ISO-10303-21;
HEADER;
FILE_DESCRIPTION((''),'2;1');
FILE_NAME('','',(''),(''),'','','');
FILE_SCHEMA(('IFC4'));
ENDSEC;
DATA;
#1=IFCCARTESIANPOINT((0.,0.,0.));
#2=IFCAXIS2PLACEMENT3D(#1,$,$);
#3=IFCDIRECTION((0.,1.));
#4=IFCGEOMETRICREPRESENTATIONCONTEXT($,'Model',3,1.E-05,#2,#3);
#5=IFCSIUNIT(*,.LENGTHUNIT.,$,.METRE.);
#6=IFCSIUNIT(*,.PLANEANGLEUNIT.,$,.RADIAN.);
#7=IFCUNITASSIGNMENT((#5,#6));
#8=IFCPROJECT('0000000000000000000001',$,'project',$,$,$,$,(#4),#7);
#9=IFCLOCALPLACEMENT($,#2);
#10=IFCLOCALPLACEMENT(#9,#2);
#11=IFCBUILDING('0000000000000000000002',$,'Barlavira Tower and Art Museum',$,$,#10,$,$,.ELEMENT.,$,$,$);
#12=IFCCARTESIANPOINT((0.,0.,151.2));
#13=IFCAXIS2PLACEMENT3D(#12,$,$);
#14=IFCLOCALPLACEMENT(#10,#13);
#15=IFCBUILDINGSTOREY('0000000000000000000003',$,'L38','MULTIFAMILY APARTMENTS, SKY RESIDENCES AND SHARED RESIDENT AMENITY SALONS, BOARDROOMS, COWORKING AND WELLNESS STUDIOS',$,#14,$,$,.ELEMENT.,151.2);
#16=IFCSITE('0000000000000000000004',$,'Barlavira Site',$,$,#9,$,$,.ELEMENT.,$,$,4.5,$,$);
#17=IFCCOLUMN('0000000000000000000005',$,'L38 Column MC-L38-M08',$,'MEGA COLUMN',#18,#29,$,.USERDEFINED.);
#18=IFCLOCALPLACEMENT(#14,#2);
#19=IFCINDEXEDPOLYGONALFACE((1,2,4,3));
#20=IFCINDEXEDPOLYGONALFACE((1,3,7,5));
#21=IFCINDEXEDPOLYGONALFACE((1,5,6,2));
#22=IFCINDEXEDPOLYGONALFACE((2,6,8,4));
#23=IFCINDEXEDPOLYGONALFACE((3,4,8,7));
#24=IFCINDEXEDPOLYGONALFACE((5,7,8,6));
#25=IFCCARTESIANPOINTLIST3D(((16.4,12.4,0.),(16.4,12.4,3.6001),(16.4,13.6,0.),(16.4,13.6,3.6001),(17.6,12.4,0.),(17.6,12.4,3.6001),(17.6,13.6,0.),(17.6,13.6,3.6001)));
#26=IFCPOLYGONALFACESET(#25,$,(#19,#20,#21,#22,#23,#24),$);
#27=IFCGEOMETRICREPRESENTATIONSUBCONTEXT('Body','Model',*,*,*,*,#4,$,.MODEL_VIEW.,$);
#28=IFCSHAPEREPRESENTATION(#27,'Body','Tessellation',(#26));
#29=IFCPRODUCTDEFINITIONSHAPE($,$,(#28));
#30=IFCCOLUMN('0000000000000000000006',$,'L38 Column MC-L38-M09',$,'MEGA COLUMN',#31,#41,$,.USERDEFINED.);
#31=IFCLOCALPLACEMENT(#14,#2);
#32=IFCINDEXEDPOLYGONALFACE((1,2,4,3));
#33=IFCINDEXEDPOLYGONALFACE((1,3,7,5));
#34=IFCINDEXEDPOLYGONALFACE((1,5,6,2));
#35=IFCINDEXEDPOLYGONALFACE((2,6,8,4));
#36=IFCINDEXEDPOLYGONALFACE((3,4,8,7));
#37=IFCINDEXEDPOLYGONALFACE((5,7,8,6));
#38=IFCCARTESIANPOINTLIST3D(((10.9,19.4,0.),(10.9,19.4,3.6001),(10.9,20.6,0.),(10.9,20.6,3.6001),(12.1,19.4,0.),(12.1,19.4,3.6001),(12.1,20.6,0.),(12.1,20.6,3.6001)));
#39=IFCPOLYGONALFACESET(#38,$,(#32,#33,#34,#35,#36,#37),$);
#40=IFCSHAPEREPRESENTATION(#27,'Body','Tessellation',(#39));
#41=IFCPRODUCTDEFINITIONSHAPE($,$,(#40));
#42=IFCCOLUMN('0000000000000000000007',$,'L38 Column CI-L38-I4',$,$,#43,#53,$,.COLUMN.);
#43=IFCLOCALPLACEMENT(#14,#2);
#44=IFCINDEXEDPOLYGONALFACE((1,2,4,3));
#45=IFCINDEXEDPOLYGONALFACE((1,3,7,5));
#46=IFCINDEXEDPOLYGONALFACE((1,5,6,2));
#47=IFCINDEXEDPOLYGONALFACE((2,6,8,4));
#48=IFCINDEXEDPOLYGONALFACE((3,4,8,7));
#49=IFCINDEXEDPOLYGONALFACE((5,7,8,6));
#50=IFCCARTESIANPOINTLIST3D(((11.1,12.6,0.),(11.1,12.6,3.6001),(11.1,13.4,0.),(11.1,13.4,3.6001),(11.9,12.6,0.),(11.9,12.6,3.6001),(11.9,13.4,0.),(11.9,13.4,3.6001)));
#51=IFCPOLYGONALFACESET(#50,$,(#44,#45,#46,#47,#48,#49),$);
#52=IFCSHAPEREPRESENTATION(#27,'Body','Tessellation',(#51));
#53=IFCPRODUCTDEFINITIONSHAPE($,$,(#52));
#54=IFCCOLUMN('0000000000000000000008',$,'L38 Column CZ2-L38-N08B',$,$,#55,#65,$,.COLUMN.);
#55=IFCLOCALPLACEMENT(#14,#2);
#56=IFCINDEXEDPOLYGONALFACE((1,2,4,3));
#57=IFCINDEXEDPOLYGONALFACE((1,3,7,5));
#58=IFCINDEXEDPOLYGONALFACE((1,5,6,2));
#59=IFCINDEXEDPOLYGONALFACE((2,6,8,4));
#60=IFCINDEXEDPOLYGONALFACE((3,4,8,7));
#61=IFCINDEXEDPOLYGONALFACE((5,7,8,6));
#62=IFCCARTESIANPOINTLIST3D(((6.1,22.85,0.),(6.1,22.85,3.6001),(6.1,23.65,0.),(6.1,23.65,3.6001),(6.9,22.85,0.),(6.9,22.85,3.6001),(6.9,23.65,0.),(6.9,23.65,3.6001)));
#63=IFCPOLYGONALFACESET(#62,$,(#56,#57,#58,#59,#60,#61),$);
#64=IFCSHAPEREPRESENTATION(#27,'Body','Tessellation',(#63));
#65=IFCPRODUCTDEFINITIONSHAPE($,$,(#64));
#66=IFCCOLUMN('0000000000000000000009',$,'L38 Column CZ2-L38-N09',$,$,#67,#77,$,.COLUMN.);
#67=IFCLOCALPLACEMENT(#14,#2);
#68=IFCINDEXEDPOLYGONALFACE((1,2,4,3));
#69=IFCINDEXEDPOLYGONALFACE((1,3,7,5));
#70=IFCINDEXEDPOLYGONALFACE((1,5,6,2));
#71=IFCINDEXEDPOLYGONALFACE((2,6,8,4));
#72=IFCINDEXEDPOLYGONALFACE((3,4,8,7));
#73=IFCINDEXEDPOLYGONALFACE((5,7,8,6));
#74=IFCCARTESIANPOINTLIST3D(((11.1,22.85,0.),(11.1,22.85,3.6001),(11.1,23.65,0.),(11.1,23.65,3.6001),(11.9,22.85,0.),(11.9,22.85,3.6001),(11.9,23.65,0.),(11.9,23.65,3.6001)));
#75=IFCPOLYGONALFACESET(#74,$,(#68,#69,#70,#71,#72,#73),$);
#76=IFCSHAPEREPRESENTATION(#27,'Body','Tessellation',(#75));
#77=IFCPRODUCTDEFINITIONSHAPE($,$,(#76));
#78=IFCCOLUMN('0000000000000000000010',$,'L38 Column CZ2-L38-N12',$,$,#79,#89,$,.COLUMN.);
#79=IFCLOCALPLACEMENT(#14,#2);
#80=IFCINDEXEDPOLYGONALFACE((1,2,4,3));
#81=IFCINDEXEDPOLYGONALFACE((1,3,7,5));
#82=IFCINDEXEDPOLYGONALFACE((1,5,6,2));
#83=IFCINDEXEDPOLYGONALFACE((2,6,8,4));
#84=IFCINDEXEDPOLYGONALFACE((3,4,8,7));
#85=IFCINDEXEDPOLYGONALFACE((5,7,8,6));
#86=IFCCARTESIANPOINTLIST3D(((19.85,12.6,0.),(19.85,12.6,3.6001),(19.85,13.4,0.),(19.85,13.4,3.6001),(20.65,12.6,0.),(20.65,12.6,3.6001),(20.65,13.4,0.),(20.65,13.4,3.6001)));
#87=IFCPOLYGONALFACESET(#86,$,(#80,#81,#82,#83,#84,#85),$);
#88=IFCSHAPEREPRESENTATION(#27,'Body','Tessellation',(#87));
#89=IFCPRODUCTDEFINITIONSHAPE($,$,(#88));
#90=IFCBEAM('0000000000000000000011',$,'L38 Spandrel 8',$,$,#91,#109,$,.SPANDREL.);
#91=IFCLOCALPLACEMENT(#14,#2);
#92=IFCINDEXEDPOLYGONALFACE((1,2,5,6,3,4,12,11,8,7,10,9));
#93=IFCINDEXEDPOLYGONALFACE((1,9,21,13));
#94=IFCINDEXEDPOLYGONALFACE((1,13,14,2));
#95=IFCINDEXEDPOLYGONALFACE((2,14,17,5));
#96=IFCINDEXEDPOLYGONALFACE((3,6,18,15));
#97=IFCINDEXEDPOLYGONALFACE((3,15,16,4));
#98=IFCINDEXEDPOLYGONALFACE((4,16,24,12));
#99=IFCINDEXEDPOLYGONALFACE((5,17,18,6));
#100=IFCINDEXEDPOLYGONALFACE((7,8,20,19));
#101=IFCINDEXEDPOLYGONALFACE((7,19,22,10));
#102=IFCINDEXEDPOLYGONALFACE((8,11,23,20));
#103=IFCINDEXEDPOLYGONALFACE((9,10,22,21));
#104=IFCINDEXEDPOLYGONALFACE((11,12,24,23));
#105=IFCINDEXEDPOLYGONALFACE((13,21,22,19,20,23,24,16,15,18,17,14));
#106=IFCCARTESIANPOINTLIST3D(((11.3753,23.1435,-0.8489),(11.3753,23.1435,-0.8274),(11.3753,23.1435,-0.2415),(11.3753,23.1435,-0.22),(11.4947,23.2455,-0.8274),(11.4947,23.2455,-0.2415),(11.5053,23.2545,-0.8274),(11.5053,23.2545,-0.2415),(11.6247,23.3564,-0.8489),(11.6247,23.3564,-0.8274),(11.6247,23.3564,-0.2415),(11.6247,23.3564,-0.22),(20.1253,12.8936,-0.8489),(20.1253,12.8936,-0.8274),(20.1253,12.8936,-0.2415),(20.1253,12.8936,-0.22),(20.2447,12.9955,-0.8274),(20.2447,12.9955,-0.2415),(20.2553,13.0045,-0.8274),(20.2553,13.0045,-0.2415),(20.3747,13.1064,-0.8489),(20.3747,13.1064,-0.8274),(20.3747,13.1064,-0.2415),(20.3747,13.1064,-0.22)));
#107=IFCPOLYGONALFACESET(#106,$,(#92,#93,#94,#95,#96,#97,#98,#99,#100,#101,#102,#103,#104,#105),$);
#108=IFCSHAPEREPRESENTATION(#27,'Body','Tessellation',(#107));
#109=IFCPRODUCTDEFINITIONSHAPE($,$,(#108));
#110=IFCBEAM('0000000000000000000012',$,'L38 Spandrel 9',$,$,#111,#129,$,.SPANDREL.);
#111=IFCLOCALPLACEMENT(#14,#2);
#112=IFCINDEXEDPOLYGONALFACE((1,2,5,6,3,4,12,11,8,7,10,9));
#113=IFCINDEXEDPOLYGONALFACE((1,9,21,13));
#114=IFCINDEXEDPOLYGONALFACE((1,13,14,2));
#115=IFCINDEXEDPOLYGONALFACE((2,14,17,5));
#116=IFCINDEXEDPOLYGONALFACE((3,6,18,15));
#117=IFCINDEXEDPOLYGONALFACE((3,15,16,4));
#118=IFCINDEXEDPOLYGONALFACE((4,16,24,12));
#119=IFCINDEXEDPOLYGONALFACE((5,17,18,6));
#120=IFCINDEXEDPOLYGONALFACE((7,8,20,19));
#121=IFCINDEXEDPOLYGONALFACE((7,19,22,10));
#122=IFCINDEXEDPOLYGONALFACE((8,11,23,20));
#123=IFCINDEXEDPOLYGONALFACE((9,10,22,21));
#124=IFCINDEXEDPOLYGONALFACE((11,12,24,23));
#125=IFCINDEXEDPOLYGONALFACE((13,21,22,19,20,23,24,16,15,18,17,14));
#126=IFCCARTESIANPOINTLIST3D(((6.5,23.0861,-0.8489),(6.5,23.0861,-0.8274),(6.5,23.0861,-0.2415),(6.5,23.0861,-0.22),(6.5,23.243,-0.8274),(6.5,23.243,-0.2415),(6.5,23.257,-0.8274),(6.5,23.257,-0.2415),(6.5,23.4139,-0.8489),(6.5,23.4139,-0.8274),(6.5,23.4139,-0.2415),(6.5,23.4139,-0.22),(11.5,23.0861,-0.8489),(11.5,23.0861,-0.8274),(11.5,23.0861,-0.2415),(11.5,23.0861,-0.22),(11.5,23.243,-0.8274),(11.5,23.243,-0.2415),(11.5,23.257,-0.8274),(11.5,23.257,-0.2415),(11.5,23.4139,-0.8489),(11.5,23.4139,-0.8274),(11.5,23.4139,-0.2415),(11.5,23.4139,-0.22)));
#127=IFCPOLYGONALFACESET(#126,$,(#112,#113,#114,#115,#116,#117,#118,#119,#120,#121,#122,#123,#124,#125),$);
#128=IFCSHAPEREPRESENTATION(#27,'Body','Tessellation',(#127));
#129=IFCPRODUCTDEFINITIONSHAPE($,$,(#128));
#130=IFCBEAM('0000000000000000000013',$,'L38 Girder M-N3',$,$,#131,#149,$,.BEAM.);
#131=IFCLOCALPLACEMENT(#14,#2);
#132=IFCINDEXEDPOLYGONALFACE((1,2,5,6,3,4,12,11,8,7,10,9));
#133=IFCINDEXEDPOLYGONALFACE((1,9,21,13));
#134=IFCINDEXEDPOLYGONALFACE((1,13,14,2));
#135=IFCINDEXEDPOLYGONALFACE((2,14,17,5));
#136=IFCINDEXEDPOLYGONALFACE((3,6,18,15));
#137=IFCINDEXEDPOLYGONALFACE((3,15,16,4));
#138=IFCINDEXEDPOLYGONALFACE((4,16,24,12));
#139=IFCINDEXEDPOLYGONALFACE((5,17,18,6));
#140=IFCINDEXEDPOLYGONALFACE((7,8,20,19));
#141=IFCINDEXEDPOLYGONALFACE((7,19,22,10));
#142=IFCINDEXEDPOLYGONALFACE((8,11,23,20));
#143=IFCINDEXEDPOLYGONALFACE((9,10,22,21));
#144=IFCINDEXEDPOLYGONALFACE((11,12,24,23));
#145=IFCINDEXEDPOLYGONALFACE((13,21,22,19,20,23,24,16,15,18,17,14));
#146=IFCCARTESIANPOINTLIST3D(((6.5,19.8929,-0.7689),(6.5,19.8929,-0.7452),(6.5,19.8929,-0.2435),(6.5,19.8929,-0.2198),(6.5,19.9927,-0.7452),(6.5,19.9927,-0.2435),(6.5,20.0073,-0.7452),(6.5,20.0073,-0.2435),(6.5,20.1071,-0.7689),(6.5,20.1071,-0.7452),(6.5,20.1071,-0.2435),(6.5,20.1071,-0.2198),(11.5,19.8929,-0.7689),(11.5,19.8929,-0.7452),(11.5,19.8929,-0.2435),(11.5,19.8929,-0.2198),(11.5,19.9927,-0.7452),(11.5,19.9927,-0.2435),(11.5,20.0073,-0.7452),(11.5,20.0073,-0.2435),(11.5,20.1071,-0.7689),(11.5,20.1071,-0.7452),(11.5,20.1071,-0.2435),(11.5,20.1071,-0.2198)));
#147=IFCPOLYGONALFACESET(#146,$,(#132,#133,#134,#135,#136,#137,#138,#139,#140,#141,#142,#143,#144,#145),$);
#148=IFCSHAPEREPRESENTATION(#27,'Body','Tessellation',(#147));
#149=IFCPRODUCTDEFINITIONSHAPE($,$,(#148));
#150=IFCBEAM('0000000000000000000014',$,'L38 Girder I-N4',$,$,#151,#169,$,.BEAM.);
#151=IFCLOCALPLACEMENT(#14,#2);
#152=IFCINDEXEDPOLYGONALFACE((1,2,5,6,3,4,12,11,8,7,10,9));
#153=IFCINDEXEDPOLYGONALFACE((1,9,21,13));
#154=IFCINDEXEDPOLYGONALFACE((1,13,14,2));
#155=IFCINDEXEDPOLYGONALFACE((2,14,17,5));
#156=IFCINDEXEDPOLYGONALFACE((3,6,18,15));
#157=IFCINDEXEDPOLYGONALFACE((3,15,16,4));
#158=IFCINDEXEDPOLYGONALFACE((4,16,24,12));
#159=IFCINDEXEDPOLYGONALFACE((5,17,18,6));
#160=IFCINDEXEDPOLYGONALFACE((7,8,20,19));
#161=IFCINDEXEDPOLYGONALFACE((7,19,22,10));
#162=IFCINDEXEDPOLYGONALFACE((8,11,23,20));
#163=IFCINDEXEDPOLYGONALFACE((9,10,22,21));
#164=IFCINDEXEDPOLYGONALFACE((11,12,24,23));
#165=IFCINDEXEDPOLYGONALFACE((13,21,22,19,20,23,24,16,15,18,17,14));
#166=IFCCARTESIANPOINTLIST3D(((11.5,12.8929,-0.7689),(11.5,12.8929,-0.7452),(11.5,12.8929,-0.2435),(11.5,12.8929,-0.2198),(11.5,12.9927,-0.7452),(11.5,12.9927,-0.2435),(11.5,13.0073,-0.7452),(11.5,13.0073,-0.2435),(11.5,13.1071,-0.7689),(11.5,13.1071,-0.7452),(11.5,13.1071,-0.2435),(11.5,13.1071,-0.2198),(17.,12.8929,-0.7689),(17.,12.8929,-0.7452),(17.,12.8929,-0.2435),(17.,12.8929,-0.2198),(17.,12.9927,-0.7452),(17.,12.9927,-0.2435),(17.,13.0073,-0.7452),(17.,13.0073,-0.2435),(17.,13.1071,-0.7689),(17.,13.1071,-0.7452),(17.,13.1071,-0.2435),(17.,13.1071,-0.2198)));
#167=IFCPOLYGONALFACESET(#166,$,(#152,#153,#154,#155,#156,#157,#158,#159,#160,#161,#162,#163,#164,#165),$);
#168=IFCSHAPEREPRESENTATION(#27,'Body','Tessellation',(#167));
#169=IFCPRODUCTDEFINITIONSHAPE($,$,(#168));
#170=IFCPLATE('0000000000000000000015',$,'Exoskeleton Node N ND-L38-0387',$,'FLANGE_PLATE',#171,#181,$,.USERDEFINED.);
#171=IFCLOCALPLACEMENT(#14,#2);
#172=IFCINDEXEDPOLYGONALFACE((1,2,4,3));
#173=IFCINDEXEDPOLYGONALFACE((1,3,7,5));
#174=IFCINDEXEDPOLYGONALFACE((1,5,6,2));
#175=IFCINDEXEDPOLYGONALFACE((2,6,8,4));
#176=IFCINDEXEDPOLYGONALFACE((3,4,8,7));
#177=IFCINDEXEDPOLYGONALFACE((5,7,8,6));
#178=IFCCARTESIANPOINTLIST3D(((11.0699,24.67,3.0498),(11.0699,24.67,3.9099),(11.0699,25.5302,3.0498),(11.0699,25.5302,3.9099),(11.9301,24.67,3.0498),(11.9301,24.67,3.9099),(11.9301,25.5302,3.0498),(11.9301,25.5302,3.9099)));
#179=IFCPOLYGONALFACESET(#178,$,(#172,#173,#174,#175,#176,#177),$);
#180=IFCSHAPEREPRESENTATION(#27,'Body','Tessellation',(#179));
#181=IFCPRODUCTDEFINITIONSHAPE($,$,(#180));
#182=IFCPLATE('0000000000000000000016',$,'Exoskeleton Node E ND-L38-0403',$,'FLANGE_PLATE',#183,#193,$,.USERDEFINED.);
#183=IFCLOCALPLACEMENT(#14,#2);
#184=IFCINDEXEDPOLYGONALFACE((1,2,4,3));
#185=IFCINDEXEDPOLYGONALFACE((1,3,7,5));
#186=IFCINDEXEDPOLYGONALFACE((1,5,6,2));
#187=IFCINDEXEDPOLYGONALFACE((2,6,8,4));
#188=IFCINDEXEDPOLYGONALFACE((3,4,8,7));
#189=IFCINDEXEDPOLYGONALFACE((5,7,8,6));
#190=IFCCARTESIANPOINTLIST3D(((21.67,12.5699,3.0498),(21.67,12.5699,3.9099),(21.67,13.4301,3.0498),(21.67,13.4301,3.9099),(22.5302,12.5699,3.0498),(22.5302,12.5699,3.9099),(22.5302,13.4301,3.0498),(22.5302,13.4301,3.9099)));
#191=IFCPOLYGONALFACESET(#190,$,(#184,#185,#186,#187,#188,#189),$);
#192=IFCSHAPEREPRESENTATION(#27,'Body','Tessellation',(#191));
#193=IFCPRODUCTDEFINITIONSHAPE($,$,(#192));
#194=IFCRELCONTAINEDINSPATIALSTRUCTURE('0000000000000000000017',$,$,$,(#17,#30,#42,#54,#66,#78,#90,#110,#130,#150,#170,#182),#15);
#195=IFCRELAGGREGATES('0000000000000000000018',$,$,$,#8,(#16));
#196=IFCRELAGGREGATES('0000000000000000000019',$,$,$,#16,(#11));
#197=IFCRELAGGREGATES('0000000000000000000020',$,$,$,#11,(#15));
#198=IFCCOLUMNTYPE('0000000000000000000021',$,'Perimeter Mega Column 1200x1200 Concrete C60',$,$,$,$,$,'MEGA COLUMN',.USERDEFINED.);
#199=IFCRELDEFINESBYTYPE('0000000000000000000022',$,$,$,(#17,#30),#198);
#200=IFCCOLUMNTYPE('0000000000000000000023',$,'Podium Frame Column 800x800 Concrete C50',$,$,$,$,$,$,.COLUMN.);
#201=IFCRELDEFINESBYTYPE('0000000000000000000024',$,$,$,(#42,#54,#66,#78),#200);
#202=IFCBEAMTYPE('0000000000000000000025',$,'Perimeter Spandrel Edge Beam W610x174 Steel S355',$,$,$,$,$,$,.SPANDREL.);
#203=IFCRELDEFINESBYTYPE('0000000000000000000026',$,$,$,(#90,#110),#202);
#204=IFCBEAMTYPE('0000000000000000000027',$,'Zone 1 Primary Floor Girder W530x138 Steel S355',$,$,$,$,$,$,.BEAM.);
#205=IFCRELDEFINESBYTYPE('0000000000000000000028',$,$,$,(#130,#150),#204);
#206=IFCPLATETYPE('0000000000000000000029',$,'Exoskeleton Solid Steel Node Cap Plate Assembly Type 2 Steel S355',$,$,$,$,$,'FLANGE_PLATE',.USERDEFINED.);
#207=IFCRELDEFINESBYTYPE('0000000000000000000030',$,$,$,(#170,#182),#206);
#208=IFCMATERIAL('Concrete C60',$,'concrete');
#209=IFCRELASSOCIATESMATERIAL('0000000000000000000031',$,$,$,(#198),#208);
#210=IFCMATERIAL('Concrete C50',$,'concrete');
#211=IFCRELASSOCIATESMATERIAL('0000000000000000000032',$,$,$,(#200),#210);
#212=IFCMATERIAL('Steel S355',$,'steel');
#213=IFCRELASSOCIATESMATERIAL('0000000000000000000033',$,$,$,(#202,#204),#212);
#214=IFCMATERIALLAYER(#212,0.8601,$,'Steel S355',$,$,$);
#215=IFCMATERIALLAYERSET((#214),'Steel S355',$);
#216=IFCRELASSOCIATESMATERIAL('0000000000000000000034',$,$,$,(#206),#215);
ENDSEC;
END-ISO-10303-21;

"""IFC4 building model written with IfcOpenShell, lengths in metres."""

from ifc_helpers import new_model, si_unit, direction, frame, origin, origin_2d, place, context, subcontext, project, spatial, rectangle, i_section, extrude, material, layer, layer_set, material_profile, profile_set, type_object, element, save


model = new_model("IFC4")

# Units and contexts
model_context = context("Model", 3, precision=1e-05, world=origin(), true_north=direction((0.0, 1.0)))
body_context = subcontext(model_context, "Body", "Model", "MODEL_VIEW")
ifc_project = project(units=[si_unit("LENGTHUNIT", "METRE"), si_unit("PLANEANGLEUNIT", "RADIAN")], contexts=[model_context])

# Site, building, storey
site_placement = place(None, origin())
site = spatial("IfcSite", under=ifc_project, at=site_placement, Name="Barlavira Site", CompositionType="ELEMENT", RefElevation=4.5)
building_placement = place(site_placement, origin())
building = spatial("IfcBuilding", under=site, at=building_placement, Name="Barlavira Tower and Art Museum", CompositionType="ELEMENT")
storey_placement = place(building_placement, frame((0.0, 0.0, 151.2)))
storey = spatial("IfcBuildingStorey", under=building, at=storey_placement, Name="L38", Description="MULTIFAMILY APARTMENTS, SKY RESIDENCES AND SHARED RESIDENT AMENITY SALONS, BOARDROOMS, COWORKING AND WELLNESS STUDIOS", CompositionType="ELEMENT", Elevation=151.2)

# Columns
ifc_material_1 = material(Name="Concrete C60", Category="concrete")
ifc_material_profile_1 = material_profile(ifc_material_1, rectangle(XDim=1.2, YDim=1.2, at=origin_2d()), Name="RC-COL 1200x1200")
ifc_profile_set_1 = profile_set([ifc_material_profile_1], Name="Concrete C60")
column_type_1 = type_object("IfcColumnType", Name="Perimeter Mega Column 1200x1200 Concrete C60", ElementType="MEGA COLUMN", PredefinedType="USERDEFINED", material=ifc_profile_set_1)
for number, where, z_axis, x_axis, name in (
    (1, (17.0, 13.0, 0.0), (0.0, 0.0, 1.0), (1.0, 0.0, 0.0), "L38 Column MC-L38-M08"),
    (2, (11.5, 20.0, 0.0), (0.0, 0.0, 1.0), (1.0, 0.0, 0.0), "L38 Column MC-L38-M09"),
):
    element("IfcColumn", number, at=place(storey_placement, frame(where, z_axis=z_axis, x_axis=x_axis)), inside=storey, type_object=column_type_1, Name=name, ObjectType="MEGA COLUMN", PredefinedType="USERDEFINED", context=body_context, shape_type="SweptSolid", body=[
        extrude(rectangle(XDim=1.2, YDim=1.2, at=origin_2d()), origin(), (0.0, 0.0, 1.0), 3.6001),
    ])
ifc_material_2 = material(Name="Concrete C50", Category="concrete")
ifc_material_profile_2 = material_profile(ifc_material_2, rectangle(XDim=0.8, YDim=0.8, at=origin_2d()), Name="RC-COL 800x800")
ifc_profile_set_2 = profile_set([ifc_material_profile_2], Name="Concrete C50")
column_type_2 = type_object("IfcColumnType", Name="Podium Frame Column 800x800 Concrete C50", PredefinedType="COLUMN", material=ifc_profile_set_2)
for number, where, z_axis, x_axis, name in (
    (3, (11.5, 13.0, 0.0), (0.0, 0.0, 1.0), (1.0, 0.0, 0.0), "L38 Column CI-L38-I4"),
    (4, (6.5, 23.25, 0.0), (0.0, 0.0, 1.0), (1.0, 0.0, 0.0), "L38 Column CZ2-L38-N08B"),
    (5, (11.5, 23.25, 0.0), (0.0, 0.0, 1.0), (1.0, 0.0, 0.0), "L38 Column CZ2-L38-N09"),
    (6, (20.25, 13.0, 0.0), (0.0, 0.0, 1.0), (1.0, 0.0, 0.0), "L38 Column CZ2-L38-N12"),
):
    element("IfcColumn", number, at=place(storey_placement, frame(where, z_axis=z_axis, x_axis=x_axis)), inside=storey, type_object=column_type_2, Name=name, PredefinedType="COLUMN", context=body_context, shape_type="SweptSolid", body=[
        extrude(rectangle(XDim=0.8, YDim=0.8, at=origin_2d()), origin(), (0.0, 0.0, 1.0), 3.6001),
    ])

# Beams
ifc_material_3 = material(Name="Steel S355", Category="steel")
ifc_material_profile_3 = material_profile(ifc_material_3, i_section(OverallWidth=0.3279, OverallDepth=0.6289, WebThickness=0.0139, FlangeThickness=0.0215, at=origin_2d()), Name="W610x174.0")
ifc_profile_set_3 = profile_set([ifc_material_profile_3], Name="Steel S355")
beam_type_1 = type_object("IfcBeamType", Name="Perimeter Spandrel Edge Beam W610x174 Steel S355", PredefinedType="SPANDREL", material=ifc_profile_set_3)
beam_1_placement = place(storey_placement, frame((20.25, 13.0, -0.5344), z_axis=(-0.649262, 0.760565, 0.0), x_axis=(-0.760565, -0.649262, 0.0)))
element("IfcBeam", 7, at=beam_1_placement, inside=storey, type_object=beam_type_1, Name="L38 Spandrel 8", PredefinedType="SPANDREL", context=body_context, shape_type="SweptSolid", body=[
    extrude(i_section(OverallWidth=0.3279, OverallDepth=0.6289, WebThickness=0.0139, FlangeThickness=0.0215, at=origin_2d()), origin(), (0.0, 0.0, 1.0), 13.4768),
])
beam_2_placement = place(storey_placement, frame((6.5, 23.25, -0.5344), z_axis=(1.0, 0.0, 0.0), x_axis=(0.0, 1.0, 0.0)))
element("IfcBeam", 8, at=beam_2_placement, inside=storey, type_object=beam_type_1, Name="L38 Spandrel 9", PredefinedType="SPANDREL", context=body_context, shape_type="SweptSolid", body=[
    extrude(i_section(OverallWidth=0.3279, OverallDepth=0.6289, WebThickness=0.0139, FlangeThickness=0.0215, at=origin_2d()), origin(), (0.0, 0.0, 1.0), 5.0),
])
ifc_material_profile_4 = material_profile(ifc_material_3, i_section(OverallWidth=0.2141, OverallDepth=0.5491, WebThickness=0.0146, FlangeThickness=0.0237, at=origin_2d()), Name="W530x138.0")
ifc_profile_set_4 = profile_set([ifc_material_profile_4], Name="Steel S355")
beam_type_2 = type_object("IfcBeamType", Name="Zone 1 Primary Floor Girder W530x138 Steel S355", PredefinedType="BEAM", material=ifc_profile_set_4)
beam_3_placement = place(storey_placement, frame((6.5, 20.0, -0.4944), z_axis=(1.0, 0.0, 0.0), x_axis=(0.0, 1.0, 0.0)))
element("IfcBeam", 9, at=beam_3_placement, inside=storey, type_object=beam_type_2, Name="L38 Girder M-N3", PredefinedType="BEAM", context=body_context, shape_type="SweptSolid", body=[
    extrude(i_section(OverallWidth=0.2141, OverallDepth=0.5491, WebThickness=0.0146, FlangeThickness=0.0237, at=origin_2d()), origin(), (0.0, 0.0, 1.0), 5.0),
])
beam_4_placement = place(storey_placement, frame((11.5, 13.0, -0.4944), z_axis=(1.0, 0.0, 0.0), x_axis=(0.0, 1.0, 0.0)))
element("IfcBeam", 10, at=beam_4_placement, inside=storey, type_object=beam_type_2, Name="L38 Girder I-N4", PredefinedType="BEAM", context=body_context, shape_type="SweptSolid", body=[
    extrude(i_section(OverallWidth=0.2141, OverallDepth=0.5491, WebThickness=0.0146, FlangeThickness=0.0237, at=origin_2d()), origin(), (0.0, 0.0, 1.0), 5.5),
])

# Plates
ifc_layer_1 = layer(ifc_material_3, 0.8601, Name="Steel S355")
ifc_layer_set_1 = layer_set([ifc_layer_1], Name="Steel S355")
plate_type = type_object("IfcPlateType", Name="Exoskeleton Solid Steel Node Cap Plate Assembly Type 2 Steel S355", ElementType="FLANGE_PLATE", PredefinedType="USERDEFINED", material=ifc_layer_set_1)
for number, where, z_axis, x_axis, name in (
    (11, (11.5, 25.1001, 3.0498), (0.0, 0.0, 1.0), (1.0, 0.0, 0.0), "Exoskeleton Node N ND-L38-0387"),
    (12, (22.1001, 13.0, 3.0498), (0.0, 0.0, 1.0), (1.0, 0.0, 0.0), "Exoskeleton Node E ND-L38-0403"),
):
    element("IfcPlate", number, at=place(storey_placement, frame(where, z_axis=z_axis, x_axis=x_axis)), inside=storey, type_object=plate_type, Name=name, ObjectType="FLANGE_PLATE", PredefinedType="USERDEFINED", context=body_context, shape_type="SweptSolid", body=[
        extrude(rectangle(XDim=0.8601, YDim=0.8601, at=origin_2d()), origin(), (0.0, 0.0, 1.0), 0.8601),
    ])

save(model, "model.ifc")
